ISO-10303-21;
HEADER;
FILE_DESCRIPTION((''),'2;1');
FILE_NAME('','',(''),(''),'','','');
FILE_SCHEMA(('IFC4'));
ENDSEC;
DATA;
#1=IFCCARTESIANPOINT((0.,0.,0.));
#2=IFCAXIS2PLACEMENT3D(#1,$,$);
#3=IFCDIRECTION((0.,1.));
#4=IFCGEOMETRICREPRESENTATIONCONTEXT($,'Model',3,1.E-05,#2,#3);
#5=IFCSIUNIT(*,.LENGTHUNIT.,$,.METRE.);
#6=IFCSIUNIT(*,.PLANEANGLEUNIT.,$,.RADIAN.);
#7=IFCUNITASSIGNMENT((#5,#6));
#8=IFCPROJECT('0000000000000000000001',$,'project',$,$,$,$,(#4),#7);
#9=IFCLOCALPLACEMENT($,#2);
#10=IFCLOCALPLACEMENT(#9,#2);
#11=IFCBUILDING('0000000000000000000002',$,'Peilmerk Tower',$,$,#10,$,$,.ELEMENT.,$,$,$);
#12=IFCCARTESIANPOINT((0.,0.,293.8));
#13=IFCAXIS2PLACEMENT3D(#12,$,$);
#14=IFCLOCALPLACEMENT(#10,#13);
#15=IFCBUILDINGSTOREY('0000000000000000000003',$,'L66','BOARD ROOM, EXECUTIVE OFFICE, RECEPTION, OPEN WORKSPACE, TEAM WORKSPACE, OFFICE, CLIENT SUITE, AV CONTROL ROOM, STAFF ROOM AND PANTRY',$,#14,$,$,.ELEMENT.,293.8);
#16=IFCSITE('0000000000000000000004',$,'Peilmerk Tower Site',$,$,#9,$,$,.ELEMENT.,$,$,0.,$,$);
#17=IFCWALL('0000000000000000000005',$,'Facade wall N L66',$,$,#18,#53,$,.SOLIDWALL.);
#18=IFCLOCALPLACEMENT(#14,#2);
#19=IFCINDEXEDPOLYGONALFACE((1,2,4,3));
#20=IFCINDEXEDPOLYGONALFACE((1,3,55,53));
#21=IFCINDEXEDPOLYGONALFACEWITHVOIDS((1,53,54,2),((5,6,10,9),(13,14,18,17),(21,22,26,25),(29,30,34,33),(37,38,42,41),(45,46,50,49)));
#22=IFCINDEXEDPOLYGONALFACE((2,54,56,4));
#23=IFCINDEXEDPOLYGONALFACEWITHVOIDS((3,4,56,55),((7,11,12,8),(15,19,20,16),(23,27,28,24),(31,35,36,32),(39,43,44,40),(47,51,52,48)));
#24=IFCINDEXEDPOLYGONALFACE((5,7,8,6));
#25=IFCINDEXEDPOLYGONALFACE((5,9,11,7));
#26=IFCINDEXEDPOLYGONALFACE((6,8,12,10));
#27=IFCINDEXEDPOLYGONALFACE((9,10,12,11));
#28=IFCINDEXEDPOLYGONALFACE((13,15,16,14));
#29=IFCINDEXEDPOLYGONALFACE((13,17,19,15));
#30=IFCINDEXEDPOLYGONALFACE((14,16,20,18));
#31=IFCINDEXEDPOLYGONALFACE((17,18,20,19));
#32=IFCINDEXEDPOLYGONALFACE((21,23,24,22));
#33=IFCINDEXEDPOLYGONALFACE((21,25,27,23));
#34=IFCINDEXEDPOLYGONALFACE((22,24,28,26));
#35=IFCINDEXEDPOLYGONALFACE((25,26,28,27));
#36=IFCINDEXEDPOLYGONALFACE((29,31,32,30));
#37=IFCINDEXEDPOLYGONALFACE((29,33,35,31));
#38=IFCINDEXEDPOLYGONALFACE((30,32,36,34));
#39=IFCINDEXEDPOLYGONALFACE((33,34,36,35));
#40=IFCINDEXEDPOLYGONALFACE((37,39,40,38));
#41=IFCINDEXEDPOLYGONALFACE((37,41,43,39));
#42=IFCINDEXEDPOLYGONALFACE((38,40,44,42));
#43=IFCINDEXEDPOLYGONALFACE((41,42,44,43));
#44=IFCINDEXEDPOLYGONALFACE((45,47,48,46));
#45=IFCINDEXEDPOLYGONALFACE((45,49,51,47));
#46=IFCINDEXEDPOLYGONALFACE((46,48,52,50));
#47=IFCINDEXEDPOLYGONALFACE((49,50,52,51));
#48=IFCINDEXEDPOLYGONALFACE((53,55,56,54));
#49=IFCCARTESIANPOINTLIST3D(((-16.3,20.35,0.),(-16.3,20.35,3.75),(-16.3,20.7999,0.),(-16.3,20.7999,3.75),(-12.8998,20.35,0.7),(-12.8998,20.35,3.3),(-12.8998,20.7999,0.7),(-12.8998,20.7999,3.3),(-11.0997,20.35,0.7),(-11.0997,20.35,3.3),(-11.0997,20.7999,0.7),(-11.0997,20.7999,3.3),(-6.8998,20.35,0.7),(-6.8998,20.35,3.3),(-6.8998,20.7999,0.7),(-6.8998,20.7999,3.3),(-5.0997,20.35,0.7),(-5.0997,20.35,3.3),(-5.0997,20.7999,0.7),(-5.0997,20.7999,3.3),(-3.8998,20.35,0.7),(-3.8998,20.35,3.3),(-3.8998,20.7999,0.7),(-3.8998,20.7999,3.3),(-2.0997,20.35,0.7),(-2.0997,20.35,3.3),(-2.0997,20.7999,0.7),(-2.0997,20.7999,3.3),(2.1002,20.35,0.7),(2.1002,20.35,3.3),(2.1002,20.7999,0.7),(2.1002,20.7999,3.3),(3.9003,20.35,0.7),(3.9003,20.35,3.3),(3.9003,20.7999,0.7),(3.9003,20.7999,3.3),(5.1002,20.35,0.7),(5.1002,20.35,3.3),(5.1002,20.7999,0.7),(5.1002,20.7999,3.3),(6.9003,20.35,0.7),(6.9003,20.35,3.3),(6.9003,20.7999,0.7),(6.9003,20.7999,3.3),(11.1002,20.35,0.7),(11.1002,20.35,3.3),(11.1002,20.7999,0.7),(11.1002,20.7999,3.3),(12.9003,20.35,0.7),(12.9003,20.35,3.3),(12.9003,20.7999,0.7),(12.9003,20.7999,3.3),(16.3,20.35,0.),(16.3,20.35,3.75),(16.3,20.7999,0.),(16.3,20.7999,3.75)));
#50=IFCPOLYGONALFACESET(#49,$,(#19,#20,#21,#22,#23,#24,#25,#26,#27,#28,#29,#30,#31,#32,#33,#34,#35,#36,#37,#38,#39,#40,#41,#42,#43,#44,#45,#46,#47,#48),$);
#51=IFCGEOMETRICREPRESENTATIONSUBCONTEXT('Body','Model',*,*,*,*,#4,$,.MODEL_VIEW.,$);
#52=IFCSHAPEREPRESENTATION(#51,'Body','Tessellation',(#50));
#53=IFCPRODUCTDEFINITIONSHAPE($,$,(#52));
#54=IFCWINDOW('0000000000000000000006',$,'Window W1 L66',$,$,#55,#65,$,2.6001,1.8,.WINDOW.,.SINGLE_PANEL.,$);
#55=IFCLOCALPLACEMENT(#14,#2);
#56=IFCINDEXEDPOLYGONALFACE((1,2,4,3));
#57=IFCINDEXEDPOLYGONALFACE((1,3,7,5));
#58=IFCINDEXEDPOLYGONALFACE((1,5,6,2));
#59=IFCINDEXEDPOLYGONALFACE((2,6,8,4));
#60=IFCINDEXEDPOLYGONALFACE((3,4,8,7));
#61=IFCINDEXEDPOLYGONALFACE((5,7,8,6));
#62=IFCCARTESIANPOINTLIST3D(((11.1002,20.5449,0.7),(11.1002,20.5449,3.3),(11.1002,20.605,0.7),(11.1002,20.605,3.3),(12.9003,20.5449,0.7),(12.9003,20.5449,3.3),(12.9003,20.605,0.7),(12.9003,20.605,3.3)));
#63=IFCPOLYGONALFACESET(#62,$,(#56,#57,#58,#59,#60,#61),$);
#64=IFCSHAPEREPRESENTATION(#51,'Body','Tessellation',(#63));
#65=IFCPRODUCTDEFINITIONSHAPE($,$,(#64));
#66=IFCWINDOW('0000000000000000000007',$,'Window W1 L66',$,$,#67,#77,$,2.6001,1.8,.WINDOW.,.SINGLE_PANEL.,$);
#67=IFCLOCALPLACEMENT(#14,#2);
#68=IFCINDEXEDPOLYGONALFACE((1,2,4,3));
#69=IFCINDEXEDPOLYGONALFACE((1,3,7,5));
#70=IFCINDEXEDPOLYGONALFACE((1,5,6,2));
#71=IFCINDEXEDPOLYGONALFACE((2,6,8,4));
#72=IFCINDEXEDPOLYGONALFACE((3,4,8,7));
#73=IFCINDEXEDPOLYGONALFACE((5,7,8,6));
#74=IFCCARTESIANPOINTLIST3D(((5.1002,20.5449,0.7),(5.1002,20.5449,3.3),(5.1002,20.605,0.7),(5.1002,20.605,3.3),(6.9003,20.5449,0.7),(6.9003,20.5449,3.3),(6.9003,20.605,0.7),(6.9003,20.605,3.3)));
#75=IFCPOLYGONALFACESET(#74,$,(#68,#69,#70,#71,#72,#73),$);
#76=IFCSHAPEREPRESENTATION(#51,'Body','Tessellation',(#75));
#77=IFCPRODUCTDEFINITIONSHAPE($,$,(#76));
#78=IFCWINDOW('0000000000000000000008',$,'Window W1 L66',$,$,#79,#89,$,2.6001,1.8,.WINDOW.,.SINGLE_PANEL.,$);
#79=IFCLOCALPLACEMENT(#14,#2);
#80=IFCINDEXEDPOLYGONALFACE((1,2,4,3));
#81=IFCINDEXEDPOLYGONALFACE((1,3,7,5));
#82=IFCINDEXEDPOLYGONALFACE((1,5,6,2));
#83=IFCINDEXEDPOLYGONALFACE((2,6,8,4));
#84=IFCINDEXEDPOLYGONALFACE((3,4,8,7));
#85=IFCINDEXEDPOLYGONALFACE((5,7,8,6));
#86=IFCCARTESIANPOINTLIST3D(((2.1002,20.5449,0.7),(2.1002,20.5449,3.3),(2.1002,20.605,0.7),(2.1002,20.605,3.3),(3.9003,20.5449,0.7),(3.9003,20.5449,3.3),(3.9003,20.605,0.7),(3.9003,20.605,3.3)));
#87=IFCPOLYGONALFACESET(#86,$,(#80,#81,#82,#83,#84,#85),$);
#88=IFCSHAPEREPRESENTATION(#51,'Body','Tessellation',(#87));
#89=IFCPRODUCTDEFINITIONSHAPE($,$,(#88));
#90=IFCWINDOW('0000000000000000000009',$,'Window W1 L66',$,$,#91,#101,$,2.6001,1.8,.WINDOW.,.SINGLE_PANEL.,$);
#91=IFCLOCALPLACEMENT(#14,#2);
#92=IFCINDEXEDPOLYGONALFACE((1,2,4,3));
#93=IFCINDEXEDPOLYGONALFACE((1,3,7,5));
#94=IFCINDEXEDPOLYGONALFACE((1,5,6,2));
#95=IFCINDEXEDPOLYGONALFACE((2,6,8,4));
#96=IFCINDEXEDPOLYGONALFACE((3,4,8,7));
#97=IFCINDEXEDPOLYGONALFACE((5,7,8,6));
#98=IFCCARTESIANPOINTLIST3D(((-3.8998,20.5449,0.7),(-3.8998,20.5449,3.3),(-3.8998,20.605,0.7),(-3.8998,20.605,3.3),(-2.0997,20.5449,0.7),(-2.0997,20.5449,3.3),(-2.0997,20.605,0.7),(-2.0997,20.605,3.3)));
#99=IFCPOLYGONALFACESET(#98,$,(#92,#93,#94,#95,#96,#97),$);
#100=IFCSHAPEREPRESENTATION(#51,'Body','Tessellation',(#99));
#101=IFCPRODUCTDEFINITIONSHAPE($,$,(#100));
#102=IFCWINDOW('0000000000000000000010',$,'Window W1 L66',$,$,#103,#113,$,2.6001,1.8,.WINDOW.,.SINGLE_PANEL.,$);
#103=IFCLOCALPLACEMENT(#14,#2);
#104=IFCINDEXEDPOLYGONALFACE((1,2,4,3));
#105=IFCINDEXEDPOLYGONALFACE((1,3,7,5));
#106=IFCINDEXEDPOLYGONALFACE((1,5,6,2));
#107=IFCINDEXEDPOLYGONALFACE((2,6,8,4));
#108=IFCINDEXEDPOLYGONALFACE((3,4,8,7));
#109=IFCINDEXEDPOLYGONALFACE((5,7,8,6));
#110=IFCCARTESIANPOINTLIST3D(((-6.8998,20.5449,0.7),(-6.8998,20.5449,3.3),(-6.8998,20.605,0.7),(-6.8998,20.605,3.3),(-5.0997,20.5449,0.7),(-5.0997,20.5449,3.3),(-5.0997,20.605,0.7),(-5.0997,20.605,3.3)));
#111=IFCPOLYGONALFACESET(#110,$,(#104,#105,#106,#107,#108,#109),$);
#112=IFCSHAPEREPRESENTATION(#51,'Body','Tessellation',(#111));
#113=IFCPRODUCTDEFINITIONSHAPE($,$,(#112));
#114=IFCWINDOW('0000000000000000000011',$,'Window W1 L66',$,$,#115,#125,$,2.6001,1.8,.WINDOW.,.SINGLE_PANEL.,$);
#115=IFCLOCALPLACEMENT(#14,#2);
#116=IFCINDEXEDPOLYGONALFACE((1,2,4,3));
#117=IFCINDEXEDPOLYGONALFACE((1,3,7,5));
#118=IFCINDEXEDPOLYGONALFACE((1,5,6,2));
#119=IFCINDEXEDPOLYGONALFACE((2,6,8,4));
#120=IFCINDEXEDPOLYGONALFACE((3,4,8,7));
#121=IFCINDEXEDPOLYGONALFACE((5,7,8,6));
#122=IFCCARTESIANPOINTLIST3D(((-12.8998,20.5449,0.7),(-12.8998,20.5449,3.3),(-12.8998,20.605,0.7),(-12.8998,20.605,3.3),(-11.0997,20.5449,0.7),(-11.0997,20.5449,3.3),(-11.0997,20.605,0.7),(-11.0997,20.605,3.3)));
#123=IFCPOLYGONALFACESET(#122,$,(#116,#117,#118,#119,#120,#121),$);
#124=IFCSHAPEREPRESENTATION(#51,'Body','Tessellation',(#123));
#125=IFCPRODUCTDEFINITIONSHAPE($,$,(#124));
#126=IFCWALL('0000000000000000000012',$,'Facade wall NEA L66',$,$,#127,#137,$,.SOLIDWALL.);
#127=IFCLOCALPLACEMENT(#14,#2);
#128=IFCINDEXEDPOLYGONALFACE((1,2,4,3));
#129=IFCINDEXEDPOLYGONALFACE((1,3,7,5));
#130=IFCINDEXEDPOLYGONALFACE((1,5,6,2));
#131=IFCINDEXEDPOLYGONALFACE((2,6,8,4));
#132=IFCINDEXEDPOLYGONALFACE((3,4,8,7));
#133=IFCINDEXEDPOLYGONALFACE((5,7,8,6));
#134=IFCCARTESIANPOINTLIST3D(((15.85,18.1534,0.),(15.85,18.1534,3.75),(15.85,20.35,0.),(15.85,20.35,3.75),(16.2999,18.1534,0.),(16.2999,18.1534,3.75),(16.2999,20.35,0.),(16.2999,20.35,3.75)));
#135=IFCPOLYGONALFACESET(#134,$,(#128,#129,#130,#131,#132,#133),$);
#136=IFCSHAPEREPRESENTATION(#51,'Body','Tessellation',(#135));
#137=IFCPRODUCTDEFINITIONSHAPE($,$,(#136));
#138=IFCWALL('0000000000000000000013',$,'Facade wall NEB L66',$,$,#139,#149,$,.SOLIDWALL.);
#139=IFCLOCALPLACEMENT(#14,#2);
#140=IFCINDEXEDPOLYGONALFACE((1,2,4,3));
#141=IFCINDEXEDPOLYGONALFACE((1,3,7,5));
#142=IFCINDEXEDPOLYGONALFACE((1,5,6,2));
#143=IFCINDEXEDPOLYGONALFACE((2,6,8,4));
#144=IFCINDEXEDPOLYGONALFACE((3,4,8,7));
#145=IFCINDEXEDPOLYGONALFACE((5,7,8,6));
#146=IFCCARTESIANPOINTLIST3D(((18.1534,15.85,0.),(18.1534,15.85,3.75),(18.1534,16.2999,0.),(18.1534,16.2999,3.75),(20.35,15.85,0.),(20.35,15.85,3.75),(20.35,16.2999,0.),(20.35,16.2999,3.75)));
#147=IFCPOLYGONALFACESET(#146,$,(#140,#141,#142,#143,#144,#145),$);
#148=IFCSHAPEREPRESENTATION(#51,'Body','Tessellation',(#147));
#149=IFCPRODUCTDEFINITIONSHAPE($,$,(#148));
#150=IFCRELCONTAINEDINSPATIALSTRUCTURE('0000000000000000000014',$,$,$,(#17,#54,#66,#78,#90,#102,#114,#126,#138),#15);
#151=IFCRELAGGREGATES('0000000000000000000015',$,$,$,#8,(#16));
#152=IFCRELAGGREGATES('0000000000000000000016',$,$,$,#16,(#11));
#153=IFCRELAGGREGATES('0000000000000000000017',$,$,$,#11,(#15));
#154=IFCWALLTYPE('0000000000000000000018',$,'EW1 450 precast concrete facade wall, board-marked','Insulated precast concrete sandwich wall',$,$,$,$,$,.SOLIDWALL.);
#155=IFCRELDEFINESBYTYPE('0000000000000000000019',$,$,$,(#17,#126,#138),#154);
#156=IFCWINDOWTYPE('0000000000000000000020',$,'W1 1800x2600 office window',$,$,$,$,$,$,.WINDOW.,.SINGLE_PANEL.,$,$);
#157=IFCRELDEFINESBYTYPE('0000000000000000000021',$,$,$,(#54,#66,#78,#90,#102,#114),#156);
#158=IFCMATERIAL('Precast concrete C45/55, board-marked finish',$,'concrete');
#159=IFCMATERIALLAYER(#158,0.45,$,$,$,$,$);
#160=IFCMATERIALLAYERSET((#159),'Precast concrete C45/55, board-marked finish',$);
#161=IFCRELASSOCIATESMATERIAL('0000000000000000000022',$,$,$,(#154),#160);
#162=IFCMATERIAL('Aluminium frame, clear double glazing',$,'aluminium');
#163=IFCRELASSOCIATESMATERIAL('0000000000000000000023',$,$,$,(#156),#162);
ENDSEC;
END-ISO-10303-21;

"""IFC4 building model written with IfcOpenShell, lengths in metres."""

from ifc_helpers import new_model, si_unit, direction, frame, frame_2d, origin, place, context, subcontext, project, spatial, rectangle, extrude, material, layer, layer_set, type_object, element, fill, save


model = new_model("IFC4")

# Units and contexts
model_context = context("Model", 3, precision=1e-05, world=origin(), true_north=direction((0.0, 1.0)))
body_context = subcontext(model_context, "Body", "Model", "MODEL_VIEW")
ifc_project = project(units=[si_unit("LENGTHUNIT", "METRE"), si_unit("PLANEANGLEUNIT", "RADIAN")], contexts=[model_context])

# Site, building, storey
site_placement = place(None, origin())
site = spatial("IfcSite", under=ifc_project, at=site_placement, Name="Peilmerk Tower Site", CompositionType="ELEMENT", RefElevation=0.0)
building_placement = place(site_placement, origin())
building = spatial("IfcBuilding", under=site, at=building_placement, Name="Peilmerk Tower", CompositionType="ELEMENT")
storey_placement = place(building_placement, frame((0.0, 0.0, 293.8)))
storey = spatial("IfcBuildingStorey", under=building, at=storey_placement, Name="L66", Description="BOARD ROOM, EXECUTIVE OFFICE, RECEPTION, OPEN WORKSPACE, TEAM WORKSPACE, OFFICE, CLIENT SUITE, AV CONTROL ROOM, STAFF ROOM AND PANTRY", CompositionType="ELEMENT", Elevation=293.8)

# Wall, openings, windows
ifc_material_1 = material(Name="Precast concrete C45/55, board-marked finish", Category="concrete")
ifc_layer_1 = layer(ifc_material_1, 0.45)
ifc_layer_set_1 = layer_set([ifc_layer_1], Name="Precast concrete C45/55, board-marked finish")
wall_type = type_object("IfcWallType", Name="EW1 450 precast concrete facade wall, board-marked", Description="Insulated precast concrete sandwich wall", PredefinedType="SOLIDWALL", material=ifc_layer_set_1)
wall_placement = place(storey_placement, frame((16.3, 20.575, 0.0), z_axis=(0.0, 0.0, 1.0), x_axis=(-1.0, 0.0, 0.0)))
wall = element("IfcWall", 1, at=wall_placement, inside=storey, type_object=wall_type, Name="Facade wall N L66", PredefinedType="SOLIDWALL", context=body_context, shape_type="SweptSolid", body=[
    extrude(rectangle(XDim=32.6001, YDim=0.45, at=frame_2d((16.3, 0.0))), origin(), (0.0, 0.0, 1.0), 3.75),
])
opening_1_placement = place(wall_placement, frame((3.3999, 0.0, 0.7)))
opening_1 = element("IfcOpeningElement", 2, at=opening_1_placement, cuts=wall, PredefinedType="OPENING", context=body_context, shape_type="SweptSolid", body=[
    extrude(rectangle(XDim=1.8, YDim=2.6001, at=frame_2d((0.8999, 1.3))), frame((0.0, 0.2349, 0.0), z_axis=(0.0, -1.0, 0.0), x_axis=(1.0, 0.0, 0.0)), (0.0, 0.0, 1.0), 0.47),
])
opening_2_placement = place(wall_placement, frame((9.3999, 0.0, 0.7)))
opening_2 = element("IfcOpeningElement", 3, at=opening_2_placement, cuts=wall, PredefinedType="OPENING", context=body_context, shape_type="SweptSolid", body=[
    extrude(rectangle(XDim=1.8, YDim=2.6001, at=frame_2d((0.8999, 1.3))), frame((0.0, 0.2349, 0.0), z_axis=(0.0, -1.0, 0.0), x_axis=(1.0, 0.0, 0.0)), (0.0, 0.0, 1.0), 0.47),
])
opening_3_placement = place(wall_placement, frame((12.3999, 0.0, 0.7)))
opening_3 = element("IfcOpeningElement", 4, at=opening_3_placement, cuts=wall, PredefinedType="OPENING", context=body_context, shape_type="SweptSolid", body=[
    extrude(rectangle(XDim=1.8, YDim=2.6001, at=frame_2d((0.8999, 1.3))), frame((0.0, 0.2349, 0.0), z_axis=(0.0, -1.0, 0.0), x_axis=(1.0, 0.0, 0.0)), (0.0, 0.0, 1.0), 0.47),
])
opening_4_placement = place(wall_placement, frame((18.3999, 0.0, 0.7)))
opening_4 = element("IfcOpeningElement", 5, at=opening_4_placement, cuts=wall, PredefinedType="OPENING", context=body_context, shape_type="SweptSolid", body=[
    extrude(rectangle(XDim=1.8, YDim=2.6001, at=frame_2d((0.8999, 1.3))), frame((0.0, 0.2349, 0.0), z_axis=(0.0, -1.0, 0.0), x_axis=(1.0, 0.0, 0.0)), (0.0, 0.0, 1.0), 0.47),
])
opening_5_placement = place(wall_placement, frame((21.3999, 0.0, 0.7)))
opening_5 = element("IfcOpeningElement", 6, at=opening_5_placement, cuts=wall, PredefinedType="OPENING", context=body_context, shape_type="SweptSolid", body=[
    extrude(rectangle(XDim=1.8, YDim=2.6001, at=frame_2d((0.8999, 1.3))), frame((0.0, 0.2349, 0.0), z_axis=(0.0, -1.0, 0.0), x_axis=(1.0, 0.0, 0.0)), (0.0, 0.0, 1.0), 0.47),
])
opening_6_placement = place(wall_placement, frame((27.3999, 0.0, 0.7)))
opening_6 = element("IfcOpeningElement", 7, at=opening_6_placement, cuts=wall, PredefinedType="OPENING", context=body_context, shape_type="SweptSolid", body=[
    extrude(rectangle(XDim=1.8, YDim=2.6001, at=frame_2d((0.8999, 1.3))), frame((0.0, 0.2349, 0.0), z_axis=(0.0, -1.0, 0.0), x_axis=(1.0, 0.0, 0.0)), (0.0, 0.0, 1.0), 0.47),
])
ifc_material_2 = material(Name="Aluminium frame, clear double glazing", Category="aluminium")
window_type = type_object("IfcWindowType", Name="W1 1800x2600 office window", PartitioningType="SINGLE_PANEL", PredefinedType="WINDOW", material=ifc_material_2)
window_1_placement = place(opening_1_placement, origin())
window_1 = element("IfcWindow", 8, at=window_1_placement, inside=storey, type_object=window_type, Name="Window W1 L66", OverallHeight=2.6001, OverallWidth=1.8, PartitioningType="SINGLE_PANEL", PredefinedType="WINDOW", context=body_context, shape_type="SweptSolid", body=[
    extrude(rectangle(XDim=1.8, YDim=2.6001, at=frame_2d((0.8999, 1.3))), frame((0.0, 0.03, 0.0), z_axis=(0.0, -1.0, 0.0), x_axis=(1.0, 0.0, 0.0)), (0.0, 0.0, 1.0), 0.0601),
])
fill(opening_1, window_1)
window_2_placement = place(opening_2_placement, origin())
window_2 = element("IfcWindow", 9, at=window_2_placement, inside=storey, type_object=window_type, Name="Window W1 L66", OverallHeight=2.6001, OverallWidth=1.8, PartitioningType="SINGLE_PANEL", PredefinedType="WINDOW", context=body_context, shape_type="SweptSolid", body=[
    extrude(rectangle(XDim=1.8, YDim=2.6001, at=frame_2d((0.8999, 1.3))), frame((0.0, 0.03, 0.0), z_axis=(0.0, -1.0, 0.0), x_axis=(1.0, 0.0, 0.0)), (0.0, 0.0, 1.0), 0.0601),
])
fill(opening_2, window_2)
window_3_placement = place(opening_3_placement, origin())
window_3 = element("IfcWindow", 10, at=window_3_placement, inside=storey, type_object=window_type, Name="Window W1 L66", OverallHeight=2.6001, OverallWidth=1.8, PartitioningType="SINGLE_PANEL", PredefinedType="WINDOW", context=body_context, shape_type="SweptSolid", body=[
    extrude(rectangle(XDim=1.8, YDim=2.6001, at=frame_2d((0.8999, 1.3))), frame((0.0, 0.03, 0.0), z_axis=(0.0, -1.0, 0.0), x_axis=(1.0, 0.0, 0.0)), (0.0, 0.0, 1.0), 0.0601),
])
fill(opening_3, window_3)
window_4_placement = place(opening_4_placement, origin())
window_4 = element("IfcWindow", 11, at=window_4_placement, inside=storey, type_object=window_type, Name="Window W1 L66", OverallHeight=2.6001, OverallWidth=1.8, PartitioningType="SINGLE_PANEL", PredefinedType="WINDOW", context=body_context, shape_type="SweptSolid", body=[
    extrude(rectangle(XDim=1.8, YDim=2.6001, at=frame_2d((0.8999, 1.3))), frame((0.0, 0.03, 0.0), z_axis=(0.0, -1.0, 0.0), x_axis=(1.0, 0.0, 0.0)), (0.0, 0.0, 1.0), 0.0601),
])
fill(opening_4, window_4)
window_5_placement = place(opening_5_placement, origin())
window_5 = element("IfcWindow", 12, at=window_5_placement, inside=storey, type_object=window_type, Name="Window W1 L66", OverallHeight=2.6001, OverallWidth=1.8, PartitioningType="SINGLE_PANEL", PredefinedType="WINDOW", context=body_context, shape_type="SweptSolid", body=[
    extrude(rectangle(XDim=1.8, YDim=2.6001, at=frame_2d((0.8999, 1.3))), frame((0.0, 0.03, 0.0), z_axis=(0.0, -1.0, 0.0), x_axis=(1.0, 0.0, 0.0)), (0.0, 0.0, 1.0), 0.0601),
])
fill(opening_5, window_5)
window_6_placement = place(opening_6_placement, origin())
window_6 = element("IfcWindow", 13, at=window_6_placement, inside=storey, type_object=window_type, Name="Window W1 L66", OverallHeight=2.6001, OverallWidth=1.8, PartitioningType="SINGLE_PANEL", PredefinedType="WINDOW", context=body_context, shape_type="SweptSolid", body=[
    extrude(rectangle(XDim=1.8, YDim=2.6001, at=frame_2d((0.8999, 1.3))), frame((0.0, 0.03, 0.0), z_axis=(0.0, -1.0, 0.0), x_axis=(1.0, 0.0, 0.0)), (0.0, 0.0, 1.0), 0.0601),
])
fill(opening_6, window_6)

# Walls
for number, where, z_axis, x_axis, name in (
    (14, (16.075, 18.1536, 0.0), (0.0, 0.0, 1.0), (0.0, 1.0, 0.0), "Facade wall NEA L66"),
    (15, (18.1536, 16.075, 0.0), (0.0, 0.0, 1.0), (1.0, 0.0, 0.0), "Facade wall NEB L66"),
):
    element("IfcWall", number, at=place(storey_placement, frame(where, z_axis=z_axis, x_axis=x_axis)), inside=storey, type_object=wall_type, Name=name, PredefinedType="SOLIDWALL", context=body_context, shape_type="SweptSolid", body=[
        extrude(rectangle(XDim=2.1965, YDim=0.45, at=frame_2d((1.0981, 0.0))), origin(), (0.0, 0.0, 1.0), 3.75),
    ])

save(model, "model.ifc")
